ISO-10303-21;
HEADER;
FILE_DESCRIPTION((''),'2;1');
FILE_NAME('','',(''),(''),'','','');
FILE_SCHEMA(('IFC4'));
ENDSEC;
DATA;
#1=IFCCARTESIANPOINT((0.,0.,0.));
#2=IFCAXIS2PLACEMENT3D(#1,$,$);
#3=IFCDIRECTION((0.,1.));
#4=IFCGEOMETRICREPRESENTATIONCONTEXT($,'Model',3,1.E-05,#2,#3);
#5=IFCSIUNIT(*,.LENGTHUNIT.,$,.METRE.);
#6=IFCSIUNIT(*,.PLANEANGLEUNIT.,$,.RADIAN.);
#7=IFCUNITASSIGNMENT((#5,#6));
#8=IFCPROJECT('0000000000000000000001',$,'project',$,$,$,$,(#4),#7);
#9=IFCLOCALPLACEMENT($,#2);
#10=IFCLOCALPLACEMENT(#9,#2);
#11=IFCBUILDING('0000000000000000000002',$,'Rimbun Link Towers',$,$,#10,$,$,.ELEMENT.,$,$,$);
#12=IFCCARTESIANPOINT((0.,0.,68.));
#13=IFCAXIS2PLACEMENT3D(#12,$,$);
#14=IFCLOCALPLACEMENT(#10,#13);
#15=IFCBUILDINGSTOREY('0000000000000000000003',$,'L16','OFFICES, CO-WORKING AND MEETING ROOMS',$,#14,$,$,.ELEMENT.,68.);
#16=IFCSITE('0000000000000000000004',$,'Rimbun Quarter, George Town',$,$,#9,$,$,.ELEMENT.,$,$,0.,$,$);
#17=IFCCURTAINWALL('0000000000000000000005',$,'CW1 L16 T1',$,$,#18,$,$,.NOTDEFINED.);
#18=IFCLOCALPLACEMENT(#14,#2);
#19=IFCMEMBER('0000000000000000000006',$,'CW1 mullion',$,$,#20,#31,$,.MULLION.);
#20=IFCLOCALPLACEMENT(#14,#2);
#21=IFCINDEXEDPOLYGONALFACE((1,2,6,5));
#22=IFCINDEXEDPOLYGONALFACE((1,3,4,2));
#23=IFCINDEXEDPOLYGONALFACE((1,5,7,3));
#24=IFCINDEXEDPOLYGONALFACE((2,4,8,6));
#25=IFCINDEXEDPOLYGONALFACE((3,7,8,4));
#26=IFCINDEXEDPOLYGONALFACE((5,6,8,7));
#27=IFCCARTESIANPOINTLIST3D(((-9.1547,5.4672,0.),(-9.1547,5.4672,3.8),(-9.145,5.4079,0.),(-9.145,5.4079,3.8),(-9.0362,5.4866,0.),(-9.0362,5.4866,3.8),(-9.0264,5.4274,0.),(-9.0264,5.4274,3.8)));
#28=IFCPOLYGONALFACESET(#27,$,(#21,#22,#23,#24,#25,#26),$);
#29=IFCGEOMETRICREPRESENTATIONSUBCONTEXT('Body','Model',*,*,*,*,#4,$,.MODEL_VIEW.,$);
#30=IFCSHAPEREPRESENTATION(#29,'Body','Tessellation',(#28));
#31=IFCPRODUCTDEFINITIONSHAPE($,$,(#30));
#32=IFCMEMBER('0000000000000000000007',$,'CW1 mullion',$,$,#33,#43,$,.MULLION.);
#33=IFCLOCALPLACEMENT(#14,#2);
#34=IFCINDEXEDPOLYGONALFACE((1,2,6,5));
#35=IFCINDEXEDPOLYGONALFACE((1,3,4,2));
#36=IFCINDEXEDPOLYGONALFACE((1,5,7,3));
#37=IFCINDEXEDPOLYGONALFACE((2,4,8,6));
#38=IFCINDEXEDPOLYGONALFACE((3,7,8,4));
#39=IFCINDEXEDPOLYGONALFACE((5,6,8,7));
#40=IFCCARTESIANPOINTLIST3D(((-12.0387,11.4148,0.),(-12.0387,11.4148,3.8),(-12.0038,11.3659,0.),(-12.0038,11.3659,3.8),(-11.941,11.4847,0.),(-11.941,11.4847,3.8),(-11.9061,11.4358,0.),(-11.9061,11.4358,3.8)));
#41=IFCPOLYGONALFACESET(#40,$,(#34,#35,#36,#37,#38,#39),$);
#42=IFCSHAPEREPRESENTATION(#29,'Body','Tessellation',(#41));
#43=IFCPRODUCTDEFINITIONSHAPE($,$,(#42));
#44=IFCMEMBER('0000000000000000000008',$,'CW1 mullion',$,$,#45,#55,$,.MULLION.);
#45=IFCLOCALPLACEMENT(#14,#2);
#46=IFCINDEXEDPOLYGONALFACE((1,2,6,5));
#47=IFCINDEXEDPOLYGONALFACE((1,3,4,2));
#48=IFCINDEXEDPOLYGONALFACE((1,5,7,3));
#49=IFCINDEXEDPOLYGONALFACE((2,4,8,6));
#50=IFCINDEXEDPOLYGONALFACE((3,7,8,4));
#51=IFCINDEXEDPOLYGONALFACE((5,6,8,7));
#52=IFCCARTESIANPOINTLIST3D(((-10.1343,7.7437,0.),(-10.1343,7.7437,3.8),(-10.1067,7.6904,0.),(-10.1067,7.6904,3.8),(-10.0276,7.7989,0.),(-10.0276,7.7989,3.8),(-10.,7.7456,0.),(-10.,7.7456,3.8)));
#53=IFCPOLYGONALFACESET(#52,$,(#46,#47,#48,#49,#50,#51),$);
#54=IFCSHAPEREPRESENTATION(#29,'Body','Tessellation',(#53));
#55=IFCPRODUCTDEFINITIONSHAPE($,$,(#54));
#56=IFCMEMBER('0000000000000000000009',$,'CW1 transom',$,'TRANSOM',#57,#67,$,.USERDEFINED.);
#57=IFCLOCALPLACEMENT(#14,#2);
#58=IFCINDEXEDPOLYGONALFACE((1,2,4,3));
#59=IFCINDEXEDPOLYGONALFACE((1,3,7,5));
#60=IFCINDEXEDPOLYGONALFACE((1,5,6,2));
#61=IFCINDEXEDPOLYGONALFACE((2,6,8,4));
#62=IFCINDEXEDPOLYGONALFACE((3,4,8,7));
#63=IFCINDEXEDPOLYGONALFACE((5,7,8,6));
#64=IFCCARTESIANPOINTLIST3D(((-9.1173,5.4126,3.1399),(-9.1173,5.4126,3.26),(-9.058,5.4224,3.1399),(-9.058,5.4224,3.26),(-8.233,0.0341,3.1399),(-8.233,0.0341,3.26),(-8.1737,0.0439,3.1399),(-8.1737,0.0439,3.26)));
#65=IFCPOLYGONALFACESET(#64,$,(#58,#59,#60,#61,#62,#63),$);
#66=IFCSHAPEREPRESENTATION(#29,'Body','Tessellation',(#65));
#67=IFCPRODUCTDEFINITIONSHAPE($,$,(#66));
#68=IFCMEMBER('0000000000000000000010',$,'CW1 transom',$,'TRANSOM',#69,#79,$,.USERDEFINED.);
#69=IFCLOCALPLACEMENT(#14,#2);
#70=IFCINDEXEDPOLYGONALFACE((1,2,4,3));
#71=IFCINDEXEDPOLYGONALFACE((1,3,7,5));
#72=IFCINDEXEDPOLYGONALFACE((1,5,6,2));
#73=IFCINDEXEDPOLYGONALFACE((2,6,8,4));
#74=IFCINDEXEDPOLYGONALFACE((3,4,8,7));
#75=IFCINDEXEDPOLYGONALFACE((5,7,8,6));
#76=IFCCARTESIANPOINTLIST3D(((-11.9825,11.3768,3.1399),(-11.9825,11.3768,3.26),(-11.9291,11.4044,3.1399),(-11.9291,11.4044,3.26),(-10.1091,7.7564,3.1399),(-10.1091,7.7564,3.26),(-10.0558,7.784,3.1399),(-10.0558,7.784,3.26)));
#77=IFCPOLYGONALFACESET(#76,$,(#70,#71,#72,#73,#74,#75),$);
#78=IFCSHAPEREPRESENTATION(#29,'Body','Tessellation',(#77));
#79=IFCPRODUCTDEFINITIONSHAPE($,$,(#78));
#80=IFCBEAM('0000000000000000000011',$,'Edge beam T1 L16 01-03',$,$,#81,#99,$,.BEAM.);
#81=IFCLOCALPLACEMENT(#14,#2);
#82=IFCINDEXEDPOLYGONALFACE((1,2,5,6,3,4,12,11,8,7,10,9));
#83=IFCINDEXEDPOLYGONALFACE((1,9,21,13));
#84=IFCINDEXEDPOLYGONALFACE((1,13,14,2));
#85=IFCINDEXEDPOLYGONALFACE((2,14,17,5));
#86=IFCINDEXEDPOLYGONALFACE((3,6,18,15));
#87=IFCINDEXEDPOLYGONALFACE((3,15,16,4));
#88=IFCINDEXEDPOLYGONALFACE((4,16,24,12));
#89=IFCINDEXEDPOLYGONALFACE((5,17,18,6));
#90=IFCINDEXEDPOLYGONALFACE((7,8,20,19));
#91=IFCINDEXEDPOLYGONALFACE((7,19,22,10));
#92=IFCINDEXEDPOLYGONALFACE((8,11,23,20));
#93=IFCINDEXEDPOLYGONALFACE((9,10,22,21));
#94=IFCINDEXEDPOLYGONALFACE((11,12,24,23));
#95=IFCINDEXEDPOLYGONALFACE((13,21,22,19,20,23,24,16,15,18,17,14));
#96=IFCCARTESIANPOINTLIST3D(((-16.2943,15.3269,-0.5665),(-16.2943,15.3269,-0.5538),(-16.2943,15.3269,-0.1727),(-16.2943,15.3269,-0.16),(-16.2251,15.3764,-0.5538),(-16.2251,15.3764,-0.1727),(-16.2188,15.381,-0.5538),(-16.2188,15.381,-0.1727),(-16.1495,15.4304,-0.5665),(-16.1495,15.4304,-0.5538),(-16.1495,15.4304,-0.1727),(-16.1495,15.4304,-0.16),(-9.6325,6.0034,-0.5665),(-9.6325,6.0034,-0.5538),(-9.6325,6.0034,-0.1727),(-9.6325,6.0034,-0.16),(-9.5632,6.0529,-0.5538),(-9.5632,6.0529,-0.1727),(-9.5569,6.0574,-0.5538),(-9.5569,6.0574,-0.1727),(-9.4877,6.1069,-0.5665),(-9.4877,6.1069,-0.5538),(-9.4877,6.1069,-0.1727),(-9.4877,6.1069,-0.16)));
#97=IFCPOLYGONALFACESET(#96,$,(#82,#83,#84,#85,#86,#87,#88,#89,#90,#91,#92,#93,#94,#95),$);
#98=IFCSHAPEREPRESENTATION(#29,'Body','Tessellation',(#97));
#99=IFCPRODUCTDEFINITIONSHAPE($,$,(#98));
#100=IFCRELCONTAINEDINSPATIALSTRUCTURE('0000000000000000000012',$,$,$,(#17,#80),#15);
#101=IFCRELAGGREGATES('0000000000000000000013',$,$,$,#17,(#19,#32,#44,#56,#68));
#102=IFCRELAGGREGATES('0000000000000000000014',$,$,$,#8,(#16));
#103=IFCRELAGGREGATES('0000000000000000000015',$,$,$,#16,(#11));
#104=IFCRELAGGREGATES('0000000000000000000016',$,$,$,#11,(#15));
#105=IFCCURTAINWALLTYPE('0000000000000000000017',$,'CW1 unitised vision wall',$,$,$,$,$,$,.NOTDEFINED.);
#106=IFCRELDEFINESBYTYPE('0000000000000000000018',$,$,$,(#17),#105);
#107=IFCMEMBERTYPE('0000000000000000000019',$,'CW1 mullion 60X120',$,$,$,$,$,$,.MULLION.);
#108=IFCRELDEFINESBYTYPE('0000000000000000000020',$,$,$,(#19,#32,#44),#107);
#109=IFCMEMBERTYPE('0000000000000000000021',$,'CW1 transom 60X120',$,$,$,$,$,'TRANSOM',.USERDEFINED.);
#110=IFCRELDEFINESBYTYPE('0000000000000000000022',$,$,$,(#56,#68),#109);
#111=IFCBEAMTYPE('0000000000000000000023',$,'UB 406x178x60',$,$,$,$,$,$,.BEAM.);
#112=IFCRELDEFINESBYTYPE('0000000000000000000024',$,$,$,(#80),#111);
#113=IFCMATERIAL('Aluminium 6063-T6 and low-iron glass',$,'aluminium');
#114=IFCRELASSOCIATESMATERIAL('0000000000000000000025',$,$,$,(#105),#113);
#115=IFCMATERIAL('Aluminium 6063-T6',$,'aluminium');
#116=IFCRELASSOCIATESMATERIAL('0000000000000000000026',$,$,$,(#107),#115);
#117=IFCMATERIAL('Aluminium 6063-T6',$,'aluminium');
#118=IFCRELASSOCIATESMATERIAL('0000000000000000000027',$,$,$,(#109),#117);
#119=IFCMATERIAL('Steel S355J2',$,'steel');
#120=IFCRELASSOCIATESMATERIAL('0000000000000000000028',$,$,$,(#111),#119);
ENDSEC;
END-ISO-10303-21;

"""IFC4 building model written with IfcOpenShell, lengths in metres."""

from ifc_helpers import new_model, si_unit, direction, frame, origin, origin_2d, place, context, subcontext, project, spatial, rectangle, i_section, extrude, material, material_profile, profile_set, type_object, element, aggregate, save


model = new_model("IFC4")

# Units and contexts
model_context = context("Model", 3, precision=1e-05, world=origin(), true_north=direction((0.0, 1.0)))
body_context = subcontext(model_context, "Body", "Model", "MODEL_VIEW")
ifc_project = project(units=[si_unit("LENGTHUNIT", "METRE"), si_unit("PLANEANGLEUNIT", "RADIAN")], contexts=[model_context])

# Site, building, storey
site_placement = place(None, origin())
site = spatial("IfcSite", under=ifc_project, at=site_placement, Name="Rimbun Quarter, George Town", CompositionType="ELEMENT", RefElevation=0.0)
building_placement = place(site_placement, origin())
building = spatial("IfcBuilding", under=site, at=building_placement, Name="Rimbun Link Towers", CompositionType="ELEMENT")
storey_placement = place(building_placement, frame((0.0, 0.0, 68.0)))
storey = spatial("IfcBuildingStorey", under=building, at=storey_placement, Name="L16", Description="OFFICES, CO-WORKING AND MEETING ROOMS", CompositionType="ELEMENT", Elevation=68.0)

# Curtain wall, members
ifc_material_1 = material(Name="Aluminium 6063-T6 and low-iron glass", Category="aluminium")
curtain_wall_type = type_object("IfcCurtainWallType", Name="CW1 unitised vision wall", PredefinedType="NOTDEFINED", material=ifc_material_1)
curtain_wall_placement = place(storey_placement, origin())
curtain_wall = element("IfcCurtainWall", 1, at=curtain_wall_placement, inside=storey, type_object=curtain_wall_type, Name="CW1 L16 T1", PredefinedType="NOTDEFINED")
ifc_material_2 = material(Name="Aluminium 6063-T6", Category="aluminium")
ifc_material_profile_1 = material_profile(ifc_material_2, rectangle(XDim=0.1201, YDim=0.0601, at=origin_2d()), Name="MULLION 60X120")
ifc_profile_set_1 = profile_set([ifc_material_profile_1], Name="Aluminium 6063-T6")
member_type_1 = type_object("IfcMemberType", Name="CW1 mullion 60X120", PredefinedType="MULLION", material=ifc_profile_set_1)
member_1_placement = place(storey_placement, frame((-9.0906, 5.4473, 0.0), z_axis=(0.0, 0.0, 1.0), x_axis=(0.986748, 0.16226, 0.0)))
member_1 = element("IfcMember", 2, at=member_1_placement, type_object=member_type_1, Name="CW1 mullion", PredefinedType="MULLION", context=body_context, shape_type="SweptSolid", body=[
    extrude(rectangle(XDim=0.1201, YDim=0.0601, at=origin_2d()), origin(), (0.0, 0.0, 1.0), 3.8),
])
member_2_placement = place(storey_placement, frame((-11.9724, 11.4253, 0.0), z_axis=(0.0, 0.0, 1.0), x_axis=(0.813351, 0.581773, 0.0)))
member_2 = element("IfcMember", 3, at=member_2_placement, type_object=member_type_1, Name="CW1 mullion", PredefinedType="MULLION", context=body_context, shape_type="SweptSolid", body=[
    extrude(rectangle(XDim=0.1201, YDim=0.0601, at=origin_2d()), origin(), (0.0, 0.0, 1.0), 3.8),
])
member_3_placement = place(storey_placement, frame((-10.0671, 7.7446, 0.0), z_axis=(0.0, 0.0, 1.0), x_axis=(0.888149, 0.459556, 0.0)))
member_3 = element("IfcMember", 4, at=member_3_placement, type_object=member_type_1, Name="CW1 mullion", PredefinedType="MULLION", context=body_context, shape_type="SweptSolid", body=[
    extrude(rectangle(XDim=0.1201, YDim=0.0601, at=origin_2d()), origin(), (0.0, 0.0, 1.0), 3.8),
])
ifc_material_3 = material(Name="Aluminium 6063-T6", Category="aluminium")
ifc_material_profile_2 = material_profile(ifc_material_3, rectangle(XDim=0.0601, YDim=0.1201, at=origin_2d()), Name="TRANSOM 60X120")
ifc_profile_set_2 = profile_set([ifc_material_profile_2], Name="Aluminium 6063-T6")
member_type_2 = type_object("IfcMemberType", Name="CW1 transom 60X120", ElementType="TRANSOM", PredefinedType="USERDEFINED", material=ifc_profile_set_2)
member_4_placement = place(storey_placement, frame((-9.0876, 5.4175, 3.2), z_axis=(0.162234, -0.986752, 0.0), x_axis=(0.986752, 0.162234, 0.0)))
member_4 = element("IfcMember", 5, at=member_4_placement, type_object=member_type_2, Name="CW1 transom", ObjectType="TRANSOM", PredefinedType="USERDEFINED", context=body_context, shape_type="SweptSolid", body=[
    extrude(rectangle(XDim=0.0601, YDim=0.1201, at=origin_2d()), origin(), (0.0, 0.0, 1.0), 5.4507),
])
member_5_placement = place(storey_placement, frame((-11.9558, 11.3906, 3.2), z_axis=(0.459557, -0.888149, 0.0), x_axis=(0.888149, 0.459557, 0.0)))
member_5 = element("IfcMember", 6, at=member_5_placement, type_object=member_type_2, Name="CW1 transom", ObjectType="TRANSOM", PredefinedType="USERDEFINED", context=body_context, shape_type="SweptSolid", body=[
    extrude(rectangle(XDim=0.0601, YDim=0.1201, at=origin_2d()), origin(), (0.0, 0.0, 1.0), 4.0764),
])

# Beam
ifc_material_4 = material(Name="Steel S355J2", Category="steel")
ifc_material_profile_3 = material_profile(ifc_material_4, i_section(OverallWidth=0.178, OverallDepth=0.4065, WebThickness=0.0078, FlangeThickness=0.0127, at=origin_2d()), Name="UB 406x178x60")
ifc_profile_set_3 = profile_set([ifc_material_profile_3], Name="Steel S355J2")
beam_type = type_object("IfcBeamType", Name="UB 406x178x60", PredefinedType="BEAM", material=ifc_profile_set_3)
beam_placement = place(storey_placement, frame((-9.5601, 6.0552, -0.3633), z_axis=(-0.581367, 0.813641, 0.0), x_axis=(-0.813641, -0.581367, 0.0)))
element("IfcBeam", 7, at=beam_placement, inside=storey, type_object=beam_type, Name="Edge beam T1 L16 01-03", PredefinedType="BEAM", context=body_context, shape_type="SweptSolid", body=[
    extrude(i_section(OverallWidth=0.178, OverallDepth=0.4065, WebThickness=0.0078, FlangeThickness=0.0127, at=origin_2d()), origin(), (0.0, 0.0, 1.0), 11.459),
])

aggregate(curtain_wall, [member_1, member_2, member_3, member_4, member_5])

save(model, "model.ifc")
